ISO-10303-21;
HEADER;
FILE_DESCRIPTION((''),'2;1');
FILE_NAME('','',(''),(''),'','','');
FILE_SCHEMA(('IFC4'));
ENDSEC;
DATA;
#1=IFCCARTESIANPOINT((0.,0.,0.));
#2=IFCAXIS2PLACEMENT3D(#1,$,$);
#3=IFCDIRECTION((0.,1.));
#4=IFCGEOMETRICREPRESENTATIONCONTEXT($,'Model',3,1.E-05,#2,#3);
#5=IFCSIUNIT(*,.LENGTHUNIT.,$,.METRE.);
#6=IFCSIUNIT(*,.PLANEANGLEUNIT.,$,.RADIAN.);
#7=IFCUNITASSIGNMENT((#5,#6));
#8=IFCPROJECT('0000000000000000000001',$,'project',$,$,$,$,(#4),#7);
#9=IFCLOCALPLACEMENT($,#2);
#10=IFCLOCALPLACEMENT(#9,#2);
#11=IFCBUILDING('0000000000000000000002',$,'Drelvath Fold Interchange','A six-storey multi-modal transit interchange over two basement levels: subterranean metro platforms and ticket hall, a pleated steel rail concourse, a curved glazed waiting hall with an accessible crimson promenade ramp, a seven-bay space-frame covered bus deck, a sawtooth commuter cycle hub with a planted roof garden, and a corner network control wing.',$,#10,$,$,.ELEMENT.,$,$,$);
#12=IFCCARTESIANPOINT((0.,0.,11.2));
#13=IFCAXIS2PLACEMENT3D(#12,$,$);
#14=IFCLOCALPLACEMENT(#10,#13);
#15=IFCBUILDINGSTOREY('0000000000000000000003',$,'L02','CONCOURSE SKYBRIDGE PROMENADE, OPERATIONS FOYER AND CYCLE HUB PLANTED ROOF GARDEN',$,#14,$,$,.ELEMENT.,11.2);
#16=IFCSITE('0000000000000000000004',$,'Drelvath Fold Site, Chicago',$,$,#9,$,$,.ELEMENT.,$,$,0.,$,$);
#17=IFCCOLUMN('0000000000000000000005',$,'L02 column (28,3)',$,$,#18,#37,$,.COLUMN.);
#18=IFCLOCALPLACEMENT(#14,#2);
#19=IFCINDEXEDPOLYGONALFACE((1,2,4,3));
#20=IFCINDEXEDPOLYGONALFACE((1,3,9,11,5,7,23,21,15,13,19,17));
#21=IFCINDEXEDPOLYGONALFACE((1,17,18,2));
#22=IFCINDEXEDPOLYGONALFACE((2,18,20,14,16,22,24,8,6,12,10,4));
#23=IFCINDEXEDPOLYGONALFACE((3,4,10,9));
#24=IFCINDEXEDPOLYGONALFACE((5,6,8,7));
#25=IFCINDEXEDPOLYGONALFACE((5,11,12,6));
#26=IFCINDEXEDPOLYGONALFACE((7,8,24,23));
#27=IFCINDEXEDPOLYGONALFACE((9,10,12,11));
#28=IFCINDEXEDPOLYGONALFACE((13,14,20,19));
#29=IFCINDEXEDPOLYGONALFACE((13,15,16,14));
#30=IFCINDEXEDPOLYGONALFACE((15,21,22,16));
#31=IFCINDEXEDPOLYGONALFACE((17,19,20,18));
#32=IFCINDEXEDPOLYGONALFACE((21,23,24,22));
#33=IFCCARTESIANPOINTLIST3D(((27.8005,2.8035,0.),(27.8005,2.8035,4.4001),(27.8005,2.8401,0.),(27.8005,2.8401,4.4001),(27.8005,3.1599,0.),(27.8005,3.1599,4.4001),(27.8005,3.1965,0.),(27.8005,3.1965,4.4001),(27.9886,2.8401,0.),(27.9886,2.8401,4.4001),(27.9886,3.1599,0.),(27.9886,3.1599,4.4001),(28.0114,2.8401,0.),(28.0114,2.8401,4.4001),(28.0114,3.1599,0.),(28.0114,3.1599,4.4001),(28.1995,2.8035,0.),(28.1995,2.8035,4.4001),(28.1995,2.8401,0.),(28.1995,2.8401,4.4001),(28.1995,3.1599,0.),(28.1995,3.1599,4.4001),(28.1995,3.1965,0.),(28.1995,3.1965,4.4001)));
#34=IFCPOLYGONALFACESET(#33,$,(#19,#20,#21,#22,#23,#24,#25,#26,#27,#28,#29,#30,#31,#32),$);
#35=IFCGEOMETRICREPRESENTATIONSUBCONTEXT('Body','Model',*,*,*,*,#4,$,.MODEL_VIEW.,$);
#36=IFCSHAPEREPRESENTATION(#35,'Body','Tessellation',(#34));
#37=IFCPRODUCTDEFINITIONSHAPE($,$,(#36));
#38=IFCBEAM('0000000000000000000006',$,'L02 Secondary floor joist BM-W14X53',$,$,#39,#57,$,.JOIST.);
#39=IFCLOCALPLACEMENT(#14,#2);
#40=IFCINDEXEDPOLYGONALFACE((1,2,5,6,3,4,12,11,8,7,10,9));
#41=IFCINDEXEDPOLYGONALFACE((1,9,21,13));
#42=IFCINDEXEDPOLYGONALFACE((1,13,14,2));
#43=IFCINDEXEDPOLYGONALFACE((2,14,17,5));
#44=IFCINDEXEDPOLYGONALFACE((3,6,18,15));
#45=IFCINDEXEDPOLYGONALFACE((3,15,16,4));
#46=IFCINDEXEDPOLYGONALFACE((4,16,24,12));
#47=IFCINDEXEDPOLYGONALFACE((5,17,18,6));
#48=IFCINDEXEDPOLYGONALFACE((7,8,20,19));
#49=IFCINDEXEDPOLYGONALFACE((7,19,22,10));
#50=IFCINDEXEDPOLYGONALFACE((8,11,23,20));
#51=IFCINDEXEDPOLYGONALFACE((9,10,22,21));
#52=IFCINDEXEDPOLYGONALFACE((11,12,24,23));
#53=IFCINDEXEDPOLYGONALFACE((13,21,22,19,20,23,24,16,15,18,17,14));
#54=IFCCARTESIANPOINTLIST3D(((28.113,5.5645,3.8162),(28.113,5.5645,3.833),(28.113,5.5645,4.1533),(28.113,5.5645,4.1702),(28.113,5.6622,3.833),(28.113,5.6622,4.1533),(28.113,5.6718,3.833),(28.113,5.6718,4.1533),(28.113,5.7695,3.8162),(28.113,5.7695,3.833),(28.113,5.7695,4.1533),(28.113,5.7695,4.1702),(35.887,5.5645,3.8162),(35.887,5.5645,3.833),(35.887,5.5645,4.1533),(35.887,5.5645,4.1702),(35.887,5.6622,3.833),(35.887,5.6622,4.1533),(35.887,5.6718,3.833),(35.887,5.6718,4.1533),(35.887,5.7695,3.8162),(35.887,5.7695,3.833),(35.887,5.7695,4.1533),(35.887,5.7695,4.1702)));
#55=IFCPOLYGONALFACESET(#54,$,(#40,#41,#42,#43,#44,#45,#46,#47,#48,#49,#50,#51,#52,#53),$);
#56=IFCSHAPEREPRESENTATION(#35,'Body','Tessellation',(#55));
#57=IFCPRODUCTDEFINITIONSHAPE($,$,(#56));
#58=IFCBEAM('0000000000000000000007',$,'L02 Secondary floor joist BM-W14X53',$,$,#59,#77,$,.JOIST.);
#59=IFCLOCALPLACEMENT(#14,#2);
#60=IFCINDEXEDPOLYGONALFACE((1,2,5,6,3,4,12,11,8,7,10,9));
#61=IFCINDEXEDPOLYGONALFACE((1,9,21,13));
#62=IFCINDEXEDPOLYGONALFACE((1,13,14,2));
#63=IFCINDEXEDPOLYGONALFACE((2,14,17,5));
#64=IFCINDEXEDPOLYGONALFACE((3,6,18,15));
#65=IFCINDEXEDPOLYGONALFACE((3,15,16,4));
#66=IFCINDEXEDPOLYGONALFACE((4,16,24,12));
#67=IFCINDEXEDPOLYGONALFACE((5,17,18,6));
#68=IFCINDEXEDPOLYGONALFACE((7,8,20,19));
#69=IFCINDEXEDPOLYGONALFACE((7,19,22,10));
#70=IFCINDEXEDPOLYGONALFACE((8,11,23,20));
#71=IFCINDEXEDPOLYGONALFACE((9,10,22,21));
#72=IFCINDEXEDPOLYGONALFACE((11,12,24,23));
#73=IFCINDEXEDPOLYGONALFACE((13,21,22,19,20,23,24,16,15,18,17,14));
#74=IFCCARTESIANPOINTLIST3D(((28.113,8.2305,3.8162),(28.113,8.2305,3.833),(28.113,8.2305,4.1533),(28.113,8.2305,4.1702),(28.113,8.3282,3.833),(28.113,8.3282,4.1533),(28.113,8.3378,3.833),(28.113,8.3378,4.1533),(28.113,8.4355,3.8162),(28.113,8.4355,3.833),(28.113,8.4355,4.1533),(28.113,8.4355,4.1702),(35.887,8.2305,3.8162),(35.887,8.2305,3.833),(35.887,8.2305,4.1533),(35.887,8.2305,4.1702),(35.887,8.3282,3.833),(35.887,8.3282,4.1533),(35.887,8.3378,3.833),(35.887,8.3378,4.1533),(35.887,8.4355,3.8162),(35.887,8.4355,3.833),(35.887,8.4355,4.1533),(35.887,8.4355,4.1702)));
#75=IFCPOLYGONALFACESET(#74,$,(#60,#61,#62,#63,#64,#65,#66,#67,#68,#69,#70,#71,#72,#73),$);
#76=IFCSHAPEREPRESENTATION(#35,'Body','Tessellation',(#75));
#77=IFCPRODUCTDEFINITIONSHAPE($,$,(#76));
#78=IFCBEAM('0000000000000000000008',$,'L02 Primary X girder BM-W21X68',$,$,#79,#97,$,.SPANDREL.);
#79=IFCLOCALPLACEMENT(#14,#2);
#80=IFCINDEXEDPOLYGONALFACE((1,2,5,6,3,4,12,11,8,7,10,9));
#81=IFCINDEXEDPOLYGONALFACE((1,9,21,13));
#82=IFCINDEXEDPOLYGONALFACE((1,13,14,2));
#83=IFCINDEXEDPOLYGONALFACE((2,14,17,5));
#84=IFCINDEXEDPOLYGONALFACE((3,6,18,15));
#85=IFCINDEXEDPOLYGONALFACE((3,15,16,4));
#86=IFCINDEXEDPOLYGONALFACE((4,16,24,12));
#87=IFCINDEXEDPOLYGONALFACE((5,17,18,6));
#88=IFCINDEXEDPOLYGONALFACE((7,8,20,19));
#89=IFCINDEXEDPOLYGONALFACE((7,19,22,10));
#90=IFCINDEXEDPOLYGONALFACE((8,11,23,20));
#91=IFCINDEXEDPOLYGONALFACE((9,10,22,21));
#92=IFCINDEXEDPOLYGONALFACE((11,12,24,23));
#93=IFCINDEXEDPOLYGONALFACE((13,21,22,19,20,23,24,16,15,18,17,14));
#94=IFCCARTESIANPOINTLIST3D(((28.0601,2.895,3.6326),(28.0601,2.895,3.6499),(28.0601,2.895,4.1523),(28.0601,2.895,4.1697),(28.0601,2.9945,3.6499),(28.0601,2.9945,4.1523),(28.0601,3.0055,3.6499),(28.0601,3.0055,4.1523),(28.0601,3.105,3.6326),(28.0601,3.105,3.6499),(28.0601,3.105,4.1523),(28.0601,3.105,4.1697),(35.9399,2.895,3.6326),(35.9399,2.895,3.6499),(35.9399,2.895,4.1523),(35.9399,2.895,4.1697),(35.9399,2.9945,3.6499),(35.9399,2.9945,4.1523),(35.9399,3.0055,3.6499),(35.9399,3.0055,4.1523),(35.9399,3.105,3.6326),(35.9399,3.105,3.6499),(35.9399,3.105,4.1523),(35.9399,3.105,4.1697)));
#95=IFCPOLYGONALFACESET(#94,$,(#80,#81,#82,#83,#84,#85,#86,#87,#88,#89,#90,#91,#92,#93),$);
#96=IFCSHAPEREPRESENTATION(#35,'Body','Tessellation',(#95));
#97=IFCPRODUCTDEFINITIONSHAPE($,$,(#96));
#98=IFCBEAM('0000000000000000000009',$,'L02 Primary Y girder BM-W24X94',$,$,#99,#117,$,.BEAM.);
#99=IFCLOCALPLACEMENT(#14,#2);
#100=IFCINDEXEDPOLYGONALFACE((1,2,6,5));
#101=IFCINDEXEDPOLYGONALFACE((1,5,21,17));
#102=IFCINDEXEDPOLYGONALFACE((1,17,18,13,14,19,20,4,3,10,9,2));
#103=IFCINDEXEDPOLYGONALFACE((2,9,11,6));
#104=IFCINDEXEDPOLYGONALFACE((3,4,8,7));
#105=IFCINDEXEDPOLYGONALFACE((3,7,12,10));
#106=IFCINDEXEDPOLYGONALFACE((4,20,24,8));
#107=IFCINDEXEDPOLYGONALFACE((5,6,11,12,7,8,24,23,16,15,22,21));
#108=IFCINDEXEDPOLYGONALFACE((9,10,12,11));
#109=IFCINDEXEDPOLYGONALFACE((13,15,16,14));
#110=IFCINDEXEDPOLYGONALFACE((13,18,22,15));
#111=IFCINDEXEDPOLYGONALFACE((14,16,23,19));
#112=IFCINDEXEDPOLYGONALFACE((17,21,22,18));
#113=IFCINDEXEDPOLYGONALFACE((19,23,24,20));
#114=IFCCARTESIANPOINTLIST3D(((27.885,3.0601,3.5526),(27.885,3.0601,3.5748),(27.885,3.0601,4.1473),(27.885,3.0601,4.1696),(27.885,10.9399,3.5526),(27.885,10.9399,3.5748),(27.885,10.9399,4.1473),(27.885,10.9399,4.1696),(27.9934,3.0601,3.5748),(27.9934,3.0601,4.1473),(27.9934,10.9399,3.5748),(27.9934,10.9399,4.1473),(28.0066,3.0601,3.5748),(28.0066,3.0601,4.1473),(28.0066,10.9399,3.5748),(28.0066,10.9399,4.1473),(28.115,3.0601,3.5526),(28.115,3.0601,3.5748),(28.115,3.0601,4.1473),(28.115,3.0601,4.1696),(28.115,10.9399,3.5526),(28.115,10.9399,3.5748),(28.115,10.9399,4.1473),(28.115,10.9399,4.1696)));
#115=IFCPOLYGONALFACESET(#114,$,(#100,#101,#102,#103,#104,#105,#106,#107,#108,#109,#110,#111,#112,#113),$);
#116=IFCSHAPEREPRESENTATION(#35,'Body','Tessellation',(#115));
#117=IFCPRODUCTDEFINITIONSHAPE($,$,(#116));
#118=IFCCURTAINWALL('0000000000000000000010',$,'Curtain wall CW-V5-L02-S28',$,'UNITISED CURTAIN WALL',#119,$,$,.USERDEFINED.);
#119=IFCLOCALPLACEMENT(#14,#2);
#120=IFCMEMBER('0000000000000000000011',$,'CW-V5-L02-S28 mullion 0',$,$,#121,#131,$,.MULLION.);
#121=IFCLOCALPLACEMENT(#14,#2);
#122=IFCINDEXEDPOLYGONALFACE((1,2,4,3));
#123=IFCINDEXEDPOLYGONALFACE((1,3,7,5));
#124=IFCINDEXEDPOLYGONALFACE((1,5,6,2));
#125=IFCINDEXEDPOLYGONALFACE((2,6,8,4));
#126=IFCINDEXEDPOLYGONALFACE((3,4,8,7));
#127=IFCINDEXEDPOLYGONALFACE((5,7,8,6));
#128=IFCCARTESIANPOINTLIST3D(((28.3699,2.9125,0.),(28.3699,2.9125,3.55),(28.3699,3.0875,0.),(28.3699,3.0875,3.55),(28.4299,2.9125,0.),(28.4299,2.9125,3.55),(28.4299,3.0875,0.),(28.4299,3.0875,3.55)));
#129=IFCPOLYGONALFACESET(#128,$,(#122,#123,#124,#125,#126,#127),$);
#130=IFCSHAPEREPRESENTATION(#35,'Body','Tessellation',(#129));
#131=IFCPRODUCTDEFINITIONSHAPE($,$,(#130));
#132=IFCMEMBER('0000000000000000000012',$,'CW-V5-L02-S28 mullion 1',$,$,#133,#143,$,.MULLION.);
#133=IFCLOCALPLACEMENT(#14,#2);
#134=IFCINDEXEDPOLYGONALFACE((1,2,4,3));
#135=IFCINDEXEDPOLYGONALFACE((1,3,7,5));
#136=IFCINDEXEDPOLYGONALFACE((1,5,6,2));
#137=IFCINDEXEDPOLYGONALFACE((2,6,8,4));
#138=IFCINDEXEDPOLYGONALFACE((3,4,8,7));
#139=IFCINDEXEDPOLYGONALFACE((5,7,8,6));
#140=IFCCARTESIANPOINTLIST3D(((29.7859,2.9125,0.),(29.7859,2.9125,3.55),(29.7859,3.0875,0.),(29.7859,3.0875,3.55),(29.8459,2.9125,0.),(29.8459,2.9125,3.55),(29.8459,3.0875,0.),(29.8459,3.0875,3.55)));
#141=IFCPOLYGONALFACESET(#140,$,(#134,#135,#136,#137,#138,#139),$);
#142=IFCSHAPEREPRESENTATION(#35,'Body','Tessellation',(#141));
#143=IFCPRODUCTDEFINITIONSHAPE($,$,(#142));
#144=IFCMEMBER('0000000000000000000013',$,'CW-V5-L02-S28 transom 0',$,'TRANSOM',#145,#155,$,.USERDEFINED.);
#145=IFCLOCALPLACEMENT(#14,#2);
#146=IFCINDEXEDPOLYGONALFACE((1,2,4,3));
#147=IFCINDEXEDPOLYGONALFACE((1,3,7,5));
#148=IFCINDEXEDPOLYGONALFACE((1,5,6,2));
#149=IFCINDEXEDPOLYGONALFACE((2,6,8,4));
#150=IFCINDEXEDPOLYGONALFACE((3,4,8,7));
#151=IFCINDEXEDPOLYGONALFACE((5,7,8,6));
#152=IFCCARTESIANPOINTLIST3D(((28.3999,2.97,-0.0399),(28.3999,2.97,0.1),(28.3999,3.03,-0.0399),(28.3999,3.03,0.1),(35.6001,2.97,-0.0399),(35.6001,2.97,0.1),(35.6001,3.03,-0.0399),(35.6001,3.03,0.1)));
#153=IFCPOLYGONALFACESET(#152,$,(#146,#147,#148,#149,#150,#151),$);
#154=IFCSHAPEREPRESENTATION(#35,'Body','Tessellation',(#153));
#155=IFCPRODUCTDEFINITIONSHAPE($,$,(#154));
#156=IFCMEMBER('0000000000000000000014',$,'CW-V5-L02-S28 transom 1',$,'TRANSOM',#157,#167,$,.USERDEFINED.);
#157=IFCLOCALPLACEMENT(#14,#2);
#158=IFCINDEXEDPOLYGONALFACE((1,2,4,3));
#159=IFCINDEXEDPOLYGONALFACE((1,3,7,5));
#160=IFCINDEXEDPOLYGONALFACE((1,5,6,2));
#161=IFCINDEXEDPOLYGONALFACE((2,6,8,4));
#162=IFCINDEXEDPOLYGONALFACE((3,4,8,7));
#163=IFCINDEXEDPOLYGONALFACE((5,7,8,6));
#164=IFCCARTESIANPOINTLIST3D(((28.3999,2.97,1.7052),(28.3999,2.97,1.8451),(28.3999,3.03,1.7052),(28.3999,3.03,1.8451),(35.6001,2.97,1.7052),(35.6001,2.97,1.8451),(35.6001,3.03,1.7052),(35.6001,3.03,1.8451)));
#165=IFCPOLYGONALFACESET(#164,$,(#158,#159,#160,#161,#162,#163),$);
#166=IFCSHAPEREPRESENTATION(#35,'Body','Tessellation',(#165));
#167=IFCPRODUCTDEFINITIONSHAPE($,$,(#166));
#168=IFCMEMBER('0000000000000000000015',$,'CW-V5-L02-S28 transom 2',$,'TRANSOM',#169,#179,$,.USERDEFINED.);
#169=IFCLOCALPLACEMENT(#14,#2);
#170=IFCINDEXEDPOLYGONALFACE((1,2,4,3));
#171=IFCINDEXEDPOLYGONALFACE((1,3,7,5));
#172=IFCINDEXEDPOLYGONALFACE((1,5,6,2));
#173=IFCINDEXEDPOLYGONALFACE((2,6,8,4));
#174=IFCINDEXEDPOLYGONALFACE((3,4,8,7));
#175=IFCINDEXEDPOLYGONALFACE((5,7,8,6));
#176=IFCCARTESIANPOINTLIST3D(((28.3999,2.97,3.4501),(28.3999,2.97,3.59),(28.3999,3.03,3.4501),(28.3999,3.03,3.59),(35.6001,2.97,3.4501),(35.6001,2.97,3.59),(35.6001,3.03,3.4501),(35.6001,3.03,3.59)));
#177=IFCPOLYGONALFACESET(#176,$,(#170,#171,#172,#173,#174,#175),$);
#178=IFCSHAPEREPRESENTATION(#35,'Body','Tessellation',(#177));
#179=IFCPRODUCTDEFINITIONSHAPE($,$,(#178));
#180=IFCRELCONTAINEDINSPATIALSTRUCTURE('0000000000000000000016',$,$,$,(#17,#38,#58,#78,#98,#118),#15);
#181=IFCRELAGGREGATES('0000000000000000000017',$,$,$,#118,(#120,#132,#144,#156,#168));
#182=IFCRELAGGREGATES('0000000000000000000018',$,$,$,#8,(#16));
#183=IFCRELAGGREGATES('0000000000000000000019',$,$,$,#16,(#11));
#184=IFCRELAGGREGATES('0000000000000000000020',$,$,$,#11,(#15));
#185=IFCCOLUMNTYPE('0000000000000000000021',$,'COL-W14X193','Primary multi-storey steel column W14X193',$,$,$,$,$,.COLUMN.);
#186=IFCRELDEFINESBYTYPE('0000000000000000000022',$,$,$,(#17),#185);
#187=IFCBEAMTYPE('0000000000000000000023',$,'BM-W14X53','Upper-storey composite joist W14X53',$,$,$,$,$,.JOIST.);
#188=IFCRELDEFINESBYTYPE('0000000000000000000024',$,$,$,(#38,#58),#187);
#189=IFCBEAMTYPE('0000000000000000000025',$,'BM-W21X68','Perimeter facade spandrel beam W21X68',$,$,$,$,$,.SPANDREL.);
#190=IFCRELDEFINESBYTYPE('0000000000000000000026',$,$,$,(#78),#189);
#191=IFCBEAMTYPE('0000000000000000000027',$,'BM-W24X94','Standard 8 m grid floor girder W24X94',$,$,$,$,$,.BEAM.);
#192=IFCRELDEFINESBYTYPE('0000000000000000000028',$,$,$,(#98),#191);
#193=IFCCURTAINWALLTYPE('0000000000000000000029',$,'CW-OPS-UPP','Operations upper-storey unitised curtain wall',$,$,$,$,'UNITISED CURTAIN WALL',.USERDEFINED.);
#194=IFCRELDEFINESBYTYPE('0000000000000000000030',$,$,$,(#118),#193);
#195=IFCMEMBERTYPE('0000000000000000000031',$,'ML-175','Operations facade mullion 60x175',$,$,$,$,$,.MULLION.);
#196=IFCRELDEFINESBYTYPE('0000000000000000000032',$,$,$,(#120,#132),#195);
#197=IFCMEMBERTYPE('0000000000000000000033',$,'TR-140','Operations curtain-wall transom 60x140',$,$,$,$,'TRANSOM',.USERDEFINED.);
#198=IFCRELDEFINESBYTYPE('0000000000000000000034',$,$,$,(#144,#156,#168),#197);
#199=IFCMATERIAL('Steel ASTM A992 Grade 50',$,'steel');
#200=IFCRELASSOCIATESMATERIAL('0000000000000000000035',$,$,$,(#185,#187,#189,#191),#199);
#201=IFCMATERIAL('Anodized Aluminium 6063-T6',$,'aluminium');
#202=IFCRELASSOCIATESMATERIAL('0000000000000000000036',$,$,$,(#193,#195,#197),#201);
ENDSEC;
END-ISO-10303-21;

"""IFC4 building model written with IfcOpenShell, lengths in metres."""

from ifc_helpers import new_model, si_unit, direction, frame, origin, origin_2d, place, context, subcontext, project, spatial, rectangle, i_section, extrude, material, material_profile, profile_set, type_object, element, aggregate, save


model = new_model("IFC4")

# Units and contexts
model_context = context("Model", 3, precision=1e-05, world=origin(), true_north=direction((0.0, 1.0)))
body_context = subcontext(model_context, "Body", "Model", "MODEL_VIEW")
ifc_project = project(units=[si_unit("LENGTHUNIT", "METRE"), si_unit("PLANEANGLEUNIT", "RADIAN")], contexts=[model_context])

# Site, building, storey
site_placement = place(None, origin())
site = spatial("IfcSite", under=ifc_project, at=site_placement, Name="Drelvath Fold Site, Chicago", CompositionType="ELEMENT", RefElevation=0.0)
building_placement = place(site_placement, origin())
building = spatial("IfcBuilding", under=site, at=building_placement, Name="Drelvath Fold Interchange", Description="A six-storey multi-modal transit interchange over two basement levels: subterranean metro platforms and ticket hall, a pleated steel rail concourse, a curved glazed waiting hall with an accessible crimson promenade ramp, a seven-bay space-frame covered bus deck, a sawtooth commuter cycle hub with a planted roof garden, and a corner network control wing.", CompositionType="ELEMENT")
storey_placement = place(building_placement, frame((0.0, 0.0, 11.2)))
storey = spatial("IfcBuildingStorey", under=building, at=storey_placement, Name="L02", Description="CONCOURSE SKYBRIDGE PROMENADE, OPERATIONS FOYER AND CYCLE HUB PLANTED ROOF GARDEN", CompositionType="ELEMENT", Elevation=11.2)

# Column
ifc_material_1 = material(Name="Steel ASTM A992 Grade 50", Category="steel")
ifc_material_profile_1 = material_profile(ifc_material_1, i_section(OverallWidth=0.3989, OverallDepth=0.3931, WebThickness=0.0227, FlangeThickness=0.0366, at=origin_2d()), Name="W14X193")
ifc_profile_set_1 = profile_set([ifc_material_profile_1], Name="Steel ASTM A992 Grade 50")
column_type = type_object("IfcColumnType", Name="COL-W14X193", Description="Primary multi-storey steel column W14X193", PredefinedType="COLUMN", material=ifc_profile_set_1)
column_placement = place(storey_placement, frame((28.0, 3.0, 0.0), z_axis=(0.0, 0.0, 1.0), x_axis=(1.0, 0.0, 0.0)))
element("IfcColumn", 1, at=column_placement, inside=storey, type_object=column_type, Name="L02 column (28,3)", PredefinedType="COLUMN", context=body_context, shape_type="SweptSolid", body=[
    extrude(i_section(OverallWidth=0.3989, OverallDepth=0.3931, WebThickness=0.0227, FlangeThickness=0.0366, at=origin_2d()), origin(), (0.0, 0.0, 1.0), 4.4001),
])

# Beams
ifc_material_profile_2 = material_profile(ifc_material_1, i_section(OverallWidth=0.2051, OverallDepth=0.354, WebThickness=0.0095, FlangeThickness=0.0168, at=origin_2d()), Name="W14X53")
ifc_profile_set_2 = profile_set([ifc_material_profile_2], Name="Steel ASTM A992 Grade 50")
beam_type_1 = type_object("IfcBeamType", Name="BM-W14X53", Description="Upper-storey composite joist W14X53", PredefinedType="JOIST", material=ifc_profile_set_2)
for number, where, z_axis, x_axis, name in (
    (2, (28.113, 5.667, 3.9932), (1.0, 0.0, 0.0), (0.0, 1.0, 0.0), "L02 Secondary floor joist BM-W14X53"),
    (3, (28.113, 8.333, 3.9932), (1.0, 0.0, 0.0), (0.0, 1.0, 0.0), "L02 Secondary floor joist BM-W14X53"),
):
    element("IfcBeam", number, at=place(storey_placement, frame(where, z_axis=z_axis, x_axis=x_axis)), inside=storey, type_object=beam_type_1, Name=name, PredefinedType="JOIST", context=body_context, shape_type="SweptSolid", body=[
        extrude(i_section(OverallWidth=0.2051, OverallDepth=0.354, WebThickness=0.0095, FlangeThickness=0.0168, at=origin_2d()), origin(), (0.0, 0.0, 1.0), 7.7739),
    ])
ifc_material_profile_3 = material_profile(ifc_material_1, i_section(OverallWidth=0.21, OverallDepth=0.5371, WebThickness=0.011, FlangeThickness=0.0173, at=origin_2d()), Name="W21X68")
ifc_profile_set_3 = profile_set([ifc_material_profile_3], Name="Steel ASTM A992 Grade 50")
beam_type_2 = type_object("IfcBeamType", Name="BM-W21X68", Description="Perimeter facade spandrel beam W21X68", PredefinedType="SPANDREL", material=ifc_profile_set_3)
beam_1_placement = place(storey_placement, frame((28.0601, 3.0, 3.9011), z_axis=(1.0, 0.0, 0.0), x_axis=(0.0, 1.0, 0.0)))
element("IfcBeam", 4, at=beam_1_placement, inside=storey, type_object=beam_type_2, Name="L02 Primary X girder BM-W21X68", PredefinedType="SPANDREL", context=body_context, shape_type="SweptSolid", body=[
    extrude(i_section(OverallWidth=0.21, OverallDepth=0.5371, WebThickness=0.011, FlangeThickness=0.0173, at=origin_2d()), origin(), (0.0, 0.0, 1.0), 7.8799),
])
ifc_material_profile_4 = material_profile(ifc_material_1, i_section(OverallWidth=0.23, OverallDepth=0.6169, WebThickness=0.0132, FlangeThickness=0.0222, at=origin_2d()), Name="W24X94")
ifc_profile_set_4 = profile_set([ifc_material_profile_4], Name="Steel ASTM A992 Grade 50")
beam_type_3 = type_object("IfcBeamType", Name="BM-W24X94", Description="Standard 8 m grid floor girder W24X94", PredefinedType="BEAM", material=ifc_profile_set_4)
beam_2_placement = place(storey_placement, frame((28.0, 3.0601, 3.8611), z_axis=(0.0, 1.0, 0.0), x_axis=(-1.0, 0.0, 0.0)))
element("IfcBeam", 5, at=beam_2_placement, inside=storey, type_object=beam_type_3, Name="L02 Primary Y girder BM-W24X94", PredefinedType="BEAM", context=body_context, shape_type="SweptSolid", body=[
    extrude(i_section(OverallWidth=0.23, OverallDepth=0.6169, WebThickness=0.0132, FlangeThickness=0.0222, at=origin_2d()), origin(), (0.0, 0.0, 1.0), 7.8799),
])

# Curtain wall, members
ifc_material_2 = material(Name="Anodized Aluminium 6063-T6", Category="aluminium")
curtain_wall_type = type_object("IfcCurtainWallType", Name="CW-OPS-UPP", Description="Operations upper-storey unitised curtain wall", ElementType="UNITISED CURTAIN WALL", PredefinedType="USERDEFINED", material=ifc_material_2)
curtain_wall_placement = place(storey_placement, origin())
curtain_wall = element("IfcCurtainWall", 6, at=curtain_wall_placement, inside=storey, type_object=curtain_wall_type, Name="Curtain wall CW-V5-L02-S28", ObjectType="UNITISED CURTAIN WALL", PredefinedType="USERDEFINED")
ifc_material_profile_5 = material_profile(ifc_material_2, rectangle(XDim=0.0601, YDim=0.175, at=origin_2d()), Name="AL-M 60x175")
ifc_profile_set_5 = profile_set([ifc_material_profile_5], Name="Anodized Aluminium 6063-T6")
member_type_1 = type_object("IfcMemberType", Name="ML-175", Description="Operations facade mullion 60x175", PredefinedType="MULLION", material=ifc_profile_set_5)
member_1_placement = place(storey_placement, frame((28.3999, 3.0, 0.0), z_axis=(0.0, 0.0, 1.0), x_axis=(1.0, 0.0, 0.0)))
member_1 = element("IfcMember", 7, at=member_1_placement, type_object=member_type_1, Name="CW-V5-L02-S28 mullion 0", PredefinedType="MULLION", context=body_context, shape_type="SweptSolid", body=[
    extrude(rectangle(XDim=0.0601, YDim=0.175, at=origin_2d()), origin(), (0.0, 0.0, 1.0), 3.55),
])
member_2_placement = place(storey_placement, frame((29.8159, 3.0, 0.0), z_axis=(0.0, 0.0, 1.0), x_axis=(1.0, 0.0, 0.0)))
member_2 = element("IfcMember", 8, at=member_2_placement, type_object=member_type_1, Name="CW-V5-L02-S28 mullion 1", PredefinedType="MULLION", context=body_context, shape_type="SweptSolid", body=[
    extrude(rectangle(XDim=0.0601, YDim=0.175, at=origin_2d()), origin(), (0.0, 0.0, 1.0), 3.55),
])
ifc_material_profile_6 = material_profile(ifc_material_2, rectangle(XDim=0.0601, YDim=0.1399, at=origin_2d()), Name="AL-T 60x140")
ifc_profile_set_6 = profile_set([ifc_material_profile_6], Name="Anodized Aluminium 6063-T6")
member_type_2 = type_object("IfcMemberType", Name="TR-140", Description="Operations curtain-wall transom 60x140", ElementType="TRANSOM", PredefinedType="USERDEFINED", material=ifc_profile_set_6)
member_3_placement = place(storey_placement, frame((28.3999, 3.0, 0.03), z_axis=(1.0, 0.0, 0.0), x_axis=(0.0, 1.0, 0.0)))
member_3 = element("IfcMember", 9, at=member_3_placement, type_object=member_type_2, Name="CW-V5-L02-S28 transom 0", ObjectType="TRANSOM", PredefinedType="USERDEFINED", context=body_context, shape_type="SweptSolid", body=[
    extrude(rectangle(XDim=0.0601, YDim=0.1399, at=origin_2d()), origin(), (0.0, 0.0, 1.0), 7.2002),
])
member_4_placement = place(storey_placement, frame((28.3999, 3.0, 1.7751), z_axis=(1.0, 0.0, 0.0), x_axis=(0.0, 1.0, 0.0)))
member_4 = element("IfcMember", 10, at=member_4_placement, type_object=member_type_2, Name="CW-V5-L02-S28 transom 1", ObjectType="TRANSOM", PredefinedType="USERDEFINED", context=body_context, shape_type="SweptSolid", body=[
    extrude(rectangle(XDim=0.0601, YDim=0.1399, at=origin_2d()), origin(), (0.0, 0.0, 1.0), 7.2002),
])
member_5_placement = place(storey_placement, frame((28.3999, 3.0, 3.52), z_axis=(1.0, 0.0, 0.0), x_axis=(0.0, 1.0, 0.0)))
member_5 = element("IfcMember", 11, at=member_5_placement, type_object=member_type_2, Name="CW-V5-L02-S28 transom 2", ObjectType="TRANSOM", PredefinedType="USERDEFINED", context=body_context, shape_type="SweptSolid", body=[
    extrude(rectangle(XDim=0.0601, YDim=0.1399, at=origin_2d()), origin(), (0.0, 0.0, 1.0), 7.2002),
])
aggregate(curtain_wall, [member_1, member_2, member_3, member_4, member_5])

save(model, "model.ifc")
